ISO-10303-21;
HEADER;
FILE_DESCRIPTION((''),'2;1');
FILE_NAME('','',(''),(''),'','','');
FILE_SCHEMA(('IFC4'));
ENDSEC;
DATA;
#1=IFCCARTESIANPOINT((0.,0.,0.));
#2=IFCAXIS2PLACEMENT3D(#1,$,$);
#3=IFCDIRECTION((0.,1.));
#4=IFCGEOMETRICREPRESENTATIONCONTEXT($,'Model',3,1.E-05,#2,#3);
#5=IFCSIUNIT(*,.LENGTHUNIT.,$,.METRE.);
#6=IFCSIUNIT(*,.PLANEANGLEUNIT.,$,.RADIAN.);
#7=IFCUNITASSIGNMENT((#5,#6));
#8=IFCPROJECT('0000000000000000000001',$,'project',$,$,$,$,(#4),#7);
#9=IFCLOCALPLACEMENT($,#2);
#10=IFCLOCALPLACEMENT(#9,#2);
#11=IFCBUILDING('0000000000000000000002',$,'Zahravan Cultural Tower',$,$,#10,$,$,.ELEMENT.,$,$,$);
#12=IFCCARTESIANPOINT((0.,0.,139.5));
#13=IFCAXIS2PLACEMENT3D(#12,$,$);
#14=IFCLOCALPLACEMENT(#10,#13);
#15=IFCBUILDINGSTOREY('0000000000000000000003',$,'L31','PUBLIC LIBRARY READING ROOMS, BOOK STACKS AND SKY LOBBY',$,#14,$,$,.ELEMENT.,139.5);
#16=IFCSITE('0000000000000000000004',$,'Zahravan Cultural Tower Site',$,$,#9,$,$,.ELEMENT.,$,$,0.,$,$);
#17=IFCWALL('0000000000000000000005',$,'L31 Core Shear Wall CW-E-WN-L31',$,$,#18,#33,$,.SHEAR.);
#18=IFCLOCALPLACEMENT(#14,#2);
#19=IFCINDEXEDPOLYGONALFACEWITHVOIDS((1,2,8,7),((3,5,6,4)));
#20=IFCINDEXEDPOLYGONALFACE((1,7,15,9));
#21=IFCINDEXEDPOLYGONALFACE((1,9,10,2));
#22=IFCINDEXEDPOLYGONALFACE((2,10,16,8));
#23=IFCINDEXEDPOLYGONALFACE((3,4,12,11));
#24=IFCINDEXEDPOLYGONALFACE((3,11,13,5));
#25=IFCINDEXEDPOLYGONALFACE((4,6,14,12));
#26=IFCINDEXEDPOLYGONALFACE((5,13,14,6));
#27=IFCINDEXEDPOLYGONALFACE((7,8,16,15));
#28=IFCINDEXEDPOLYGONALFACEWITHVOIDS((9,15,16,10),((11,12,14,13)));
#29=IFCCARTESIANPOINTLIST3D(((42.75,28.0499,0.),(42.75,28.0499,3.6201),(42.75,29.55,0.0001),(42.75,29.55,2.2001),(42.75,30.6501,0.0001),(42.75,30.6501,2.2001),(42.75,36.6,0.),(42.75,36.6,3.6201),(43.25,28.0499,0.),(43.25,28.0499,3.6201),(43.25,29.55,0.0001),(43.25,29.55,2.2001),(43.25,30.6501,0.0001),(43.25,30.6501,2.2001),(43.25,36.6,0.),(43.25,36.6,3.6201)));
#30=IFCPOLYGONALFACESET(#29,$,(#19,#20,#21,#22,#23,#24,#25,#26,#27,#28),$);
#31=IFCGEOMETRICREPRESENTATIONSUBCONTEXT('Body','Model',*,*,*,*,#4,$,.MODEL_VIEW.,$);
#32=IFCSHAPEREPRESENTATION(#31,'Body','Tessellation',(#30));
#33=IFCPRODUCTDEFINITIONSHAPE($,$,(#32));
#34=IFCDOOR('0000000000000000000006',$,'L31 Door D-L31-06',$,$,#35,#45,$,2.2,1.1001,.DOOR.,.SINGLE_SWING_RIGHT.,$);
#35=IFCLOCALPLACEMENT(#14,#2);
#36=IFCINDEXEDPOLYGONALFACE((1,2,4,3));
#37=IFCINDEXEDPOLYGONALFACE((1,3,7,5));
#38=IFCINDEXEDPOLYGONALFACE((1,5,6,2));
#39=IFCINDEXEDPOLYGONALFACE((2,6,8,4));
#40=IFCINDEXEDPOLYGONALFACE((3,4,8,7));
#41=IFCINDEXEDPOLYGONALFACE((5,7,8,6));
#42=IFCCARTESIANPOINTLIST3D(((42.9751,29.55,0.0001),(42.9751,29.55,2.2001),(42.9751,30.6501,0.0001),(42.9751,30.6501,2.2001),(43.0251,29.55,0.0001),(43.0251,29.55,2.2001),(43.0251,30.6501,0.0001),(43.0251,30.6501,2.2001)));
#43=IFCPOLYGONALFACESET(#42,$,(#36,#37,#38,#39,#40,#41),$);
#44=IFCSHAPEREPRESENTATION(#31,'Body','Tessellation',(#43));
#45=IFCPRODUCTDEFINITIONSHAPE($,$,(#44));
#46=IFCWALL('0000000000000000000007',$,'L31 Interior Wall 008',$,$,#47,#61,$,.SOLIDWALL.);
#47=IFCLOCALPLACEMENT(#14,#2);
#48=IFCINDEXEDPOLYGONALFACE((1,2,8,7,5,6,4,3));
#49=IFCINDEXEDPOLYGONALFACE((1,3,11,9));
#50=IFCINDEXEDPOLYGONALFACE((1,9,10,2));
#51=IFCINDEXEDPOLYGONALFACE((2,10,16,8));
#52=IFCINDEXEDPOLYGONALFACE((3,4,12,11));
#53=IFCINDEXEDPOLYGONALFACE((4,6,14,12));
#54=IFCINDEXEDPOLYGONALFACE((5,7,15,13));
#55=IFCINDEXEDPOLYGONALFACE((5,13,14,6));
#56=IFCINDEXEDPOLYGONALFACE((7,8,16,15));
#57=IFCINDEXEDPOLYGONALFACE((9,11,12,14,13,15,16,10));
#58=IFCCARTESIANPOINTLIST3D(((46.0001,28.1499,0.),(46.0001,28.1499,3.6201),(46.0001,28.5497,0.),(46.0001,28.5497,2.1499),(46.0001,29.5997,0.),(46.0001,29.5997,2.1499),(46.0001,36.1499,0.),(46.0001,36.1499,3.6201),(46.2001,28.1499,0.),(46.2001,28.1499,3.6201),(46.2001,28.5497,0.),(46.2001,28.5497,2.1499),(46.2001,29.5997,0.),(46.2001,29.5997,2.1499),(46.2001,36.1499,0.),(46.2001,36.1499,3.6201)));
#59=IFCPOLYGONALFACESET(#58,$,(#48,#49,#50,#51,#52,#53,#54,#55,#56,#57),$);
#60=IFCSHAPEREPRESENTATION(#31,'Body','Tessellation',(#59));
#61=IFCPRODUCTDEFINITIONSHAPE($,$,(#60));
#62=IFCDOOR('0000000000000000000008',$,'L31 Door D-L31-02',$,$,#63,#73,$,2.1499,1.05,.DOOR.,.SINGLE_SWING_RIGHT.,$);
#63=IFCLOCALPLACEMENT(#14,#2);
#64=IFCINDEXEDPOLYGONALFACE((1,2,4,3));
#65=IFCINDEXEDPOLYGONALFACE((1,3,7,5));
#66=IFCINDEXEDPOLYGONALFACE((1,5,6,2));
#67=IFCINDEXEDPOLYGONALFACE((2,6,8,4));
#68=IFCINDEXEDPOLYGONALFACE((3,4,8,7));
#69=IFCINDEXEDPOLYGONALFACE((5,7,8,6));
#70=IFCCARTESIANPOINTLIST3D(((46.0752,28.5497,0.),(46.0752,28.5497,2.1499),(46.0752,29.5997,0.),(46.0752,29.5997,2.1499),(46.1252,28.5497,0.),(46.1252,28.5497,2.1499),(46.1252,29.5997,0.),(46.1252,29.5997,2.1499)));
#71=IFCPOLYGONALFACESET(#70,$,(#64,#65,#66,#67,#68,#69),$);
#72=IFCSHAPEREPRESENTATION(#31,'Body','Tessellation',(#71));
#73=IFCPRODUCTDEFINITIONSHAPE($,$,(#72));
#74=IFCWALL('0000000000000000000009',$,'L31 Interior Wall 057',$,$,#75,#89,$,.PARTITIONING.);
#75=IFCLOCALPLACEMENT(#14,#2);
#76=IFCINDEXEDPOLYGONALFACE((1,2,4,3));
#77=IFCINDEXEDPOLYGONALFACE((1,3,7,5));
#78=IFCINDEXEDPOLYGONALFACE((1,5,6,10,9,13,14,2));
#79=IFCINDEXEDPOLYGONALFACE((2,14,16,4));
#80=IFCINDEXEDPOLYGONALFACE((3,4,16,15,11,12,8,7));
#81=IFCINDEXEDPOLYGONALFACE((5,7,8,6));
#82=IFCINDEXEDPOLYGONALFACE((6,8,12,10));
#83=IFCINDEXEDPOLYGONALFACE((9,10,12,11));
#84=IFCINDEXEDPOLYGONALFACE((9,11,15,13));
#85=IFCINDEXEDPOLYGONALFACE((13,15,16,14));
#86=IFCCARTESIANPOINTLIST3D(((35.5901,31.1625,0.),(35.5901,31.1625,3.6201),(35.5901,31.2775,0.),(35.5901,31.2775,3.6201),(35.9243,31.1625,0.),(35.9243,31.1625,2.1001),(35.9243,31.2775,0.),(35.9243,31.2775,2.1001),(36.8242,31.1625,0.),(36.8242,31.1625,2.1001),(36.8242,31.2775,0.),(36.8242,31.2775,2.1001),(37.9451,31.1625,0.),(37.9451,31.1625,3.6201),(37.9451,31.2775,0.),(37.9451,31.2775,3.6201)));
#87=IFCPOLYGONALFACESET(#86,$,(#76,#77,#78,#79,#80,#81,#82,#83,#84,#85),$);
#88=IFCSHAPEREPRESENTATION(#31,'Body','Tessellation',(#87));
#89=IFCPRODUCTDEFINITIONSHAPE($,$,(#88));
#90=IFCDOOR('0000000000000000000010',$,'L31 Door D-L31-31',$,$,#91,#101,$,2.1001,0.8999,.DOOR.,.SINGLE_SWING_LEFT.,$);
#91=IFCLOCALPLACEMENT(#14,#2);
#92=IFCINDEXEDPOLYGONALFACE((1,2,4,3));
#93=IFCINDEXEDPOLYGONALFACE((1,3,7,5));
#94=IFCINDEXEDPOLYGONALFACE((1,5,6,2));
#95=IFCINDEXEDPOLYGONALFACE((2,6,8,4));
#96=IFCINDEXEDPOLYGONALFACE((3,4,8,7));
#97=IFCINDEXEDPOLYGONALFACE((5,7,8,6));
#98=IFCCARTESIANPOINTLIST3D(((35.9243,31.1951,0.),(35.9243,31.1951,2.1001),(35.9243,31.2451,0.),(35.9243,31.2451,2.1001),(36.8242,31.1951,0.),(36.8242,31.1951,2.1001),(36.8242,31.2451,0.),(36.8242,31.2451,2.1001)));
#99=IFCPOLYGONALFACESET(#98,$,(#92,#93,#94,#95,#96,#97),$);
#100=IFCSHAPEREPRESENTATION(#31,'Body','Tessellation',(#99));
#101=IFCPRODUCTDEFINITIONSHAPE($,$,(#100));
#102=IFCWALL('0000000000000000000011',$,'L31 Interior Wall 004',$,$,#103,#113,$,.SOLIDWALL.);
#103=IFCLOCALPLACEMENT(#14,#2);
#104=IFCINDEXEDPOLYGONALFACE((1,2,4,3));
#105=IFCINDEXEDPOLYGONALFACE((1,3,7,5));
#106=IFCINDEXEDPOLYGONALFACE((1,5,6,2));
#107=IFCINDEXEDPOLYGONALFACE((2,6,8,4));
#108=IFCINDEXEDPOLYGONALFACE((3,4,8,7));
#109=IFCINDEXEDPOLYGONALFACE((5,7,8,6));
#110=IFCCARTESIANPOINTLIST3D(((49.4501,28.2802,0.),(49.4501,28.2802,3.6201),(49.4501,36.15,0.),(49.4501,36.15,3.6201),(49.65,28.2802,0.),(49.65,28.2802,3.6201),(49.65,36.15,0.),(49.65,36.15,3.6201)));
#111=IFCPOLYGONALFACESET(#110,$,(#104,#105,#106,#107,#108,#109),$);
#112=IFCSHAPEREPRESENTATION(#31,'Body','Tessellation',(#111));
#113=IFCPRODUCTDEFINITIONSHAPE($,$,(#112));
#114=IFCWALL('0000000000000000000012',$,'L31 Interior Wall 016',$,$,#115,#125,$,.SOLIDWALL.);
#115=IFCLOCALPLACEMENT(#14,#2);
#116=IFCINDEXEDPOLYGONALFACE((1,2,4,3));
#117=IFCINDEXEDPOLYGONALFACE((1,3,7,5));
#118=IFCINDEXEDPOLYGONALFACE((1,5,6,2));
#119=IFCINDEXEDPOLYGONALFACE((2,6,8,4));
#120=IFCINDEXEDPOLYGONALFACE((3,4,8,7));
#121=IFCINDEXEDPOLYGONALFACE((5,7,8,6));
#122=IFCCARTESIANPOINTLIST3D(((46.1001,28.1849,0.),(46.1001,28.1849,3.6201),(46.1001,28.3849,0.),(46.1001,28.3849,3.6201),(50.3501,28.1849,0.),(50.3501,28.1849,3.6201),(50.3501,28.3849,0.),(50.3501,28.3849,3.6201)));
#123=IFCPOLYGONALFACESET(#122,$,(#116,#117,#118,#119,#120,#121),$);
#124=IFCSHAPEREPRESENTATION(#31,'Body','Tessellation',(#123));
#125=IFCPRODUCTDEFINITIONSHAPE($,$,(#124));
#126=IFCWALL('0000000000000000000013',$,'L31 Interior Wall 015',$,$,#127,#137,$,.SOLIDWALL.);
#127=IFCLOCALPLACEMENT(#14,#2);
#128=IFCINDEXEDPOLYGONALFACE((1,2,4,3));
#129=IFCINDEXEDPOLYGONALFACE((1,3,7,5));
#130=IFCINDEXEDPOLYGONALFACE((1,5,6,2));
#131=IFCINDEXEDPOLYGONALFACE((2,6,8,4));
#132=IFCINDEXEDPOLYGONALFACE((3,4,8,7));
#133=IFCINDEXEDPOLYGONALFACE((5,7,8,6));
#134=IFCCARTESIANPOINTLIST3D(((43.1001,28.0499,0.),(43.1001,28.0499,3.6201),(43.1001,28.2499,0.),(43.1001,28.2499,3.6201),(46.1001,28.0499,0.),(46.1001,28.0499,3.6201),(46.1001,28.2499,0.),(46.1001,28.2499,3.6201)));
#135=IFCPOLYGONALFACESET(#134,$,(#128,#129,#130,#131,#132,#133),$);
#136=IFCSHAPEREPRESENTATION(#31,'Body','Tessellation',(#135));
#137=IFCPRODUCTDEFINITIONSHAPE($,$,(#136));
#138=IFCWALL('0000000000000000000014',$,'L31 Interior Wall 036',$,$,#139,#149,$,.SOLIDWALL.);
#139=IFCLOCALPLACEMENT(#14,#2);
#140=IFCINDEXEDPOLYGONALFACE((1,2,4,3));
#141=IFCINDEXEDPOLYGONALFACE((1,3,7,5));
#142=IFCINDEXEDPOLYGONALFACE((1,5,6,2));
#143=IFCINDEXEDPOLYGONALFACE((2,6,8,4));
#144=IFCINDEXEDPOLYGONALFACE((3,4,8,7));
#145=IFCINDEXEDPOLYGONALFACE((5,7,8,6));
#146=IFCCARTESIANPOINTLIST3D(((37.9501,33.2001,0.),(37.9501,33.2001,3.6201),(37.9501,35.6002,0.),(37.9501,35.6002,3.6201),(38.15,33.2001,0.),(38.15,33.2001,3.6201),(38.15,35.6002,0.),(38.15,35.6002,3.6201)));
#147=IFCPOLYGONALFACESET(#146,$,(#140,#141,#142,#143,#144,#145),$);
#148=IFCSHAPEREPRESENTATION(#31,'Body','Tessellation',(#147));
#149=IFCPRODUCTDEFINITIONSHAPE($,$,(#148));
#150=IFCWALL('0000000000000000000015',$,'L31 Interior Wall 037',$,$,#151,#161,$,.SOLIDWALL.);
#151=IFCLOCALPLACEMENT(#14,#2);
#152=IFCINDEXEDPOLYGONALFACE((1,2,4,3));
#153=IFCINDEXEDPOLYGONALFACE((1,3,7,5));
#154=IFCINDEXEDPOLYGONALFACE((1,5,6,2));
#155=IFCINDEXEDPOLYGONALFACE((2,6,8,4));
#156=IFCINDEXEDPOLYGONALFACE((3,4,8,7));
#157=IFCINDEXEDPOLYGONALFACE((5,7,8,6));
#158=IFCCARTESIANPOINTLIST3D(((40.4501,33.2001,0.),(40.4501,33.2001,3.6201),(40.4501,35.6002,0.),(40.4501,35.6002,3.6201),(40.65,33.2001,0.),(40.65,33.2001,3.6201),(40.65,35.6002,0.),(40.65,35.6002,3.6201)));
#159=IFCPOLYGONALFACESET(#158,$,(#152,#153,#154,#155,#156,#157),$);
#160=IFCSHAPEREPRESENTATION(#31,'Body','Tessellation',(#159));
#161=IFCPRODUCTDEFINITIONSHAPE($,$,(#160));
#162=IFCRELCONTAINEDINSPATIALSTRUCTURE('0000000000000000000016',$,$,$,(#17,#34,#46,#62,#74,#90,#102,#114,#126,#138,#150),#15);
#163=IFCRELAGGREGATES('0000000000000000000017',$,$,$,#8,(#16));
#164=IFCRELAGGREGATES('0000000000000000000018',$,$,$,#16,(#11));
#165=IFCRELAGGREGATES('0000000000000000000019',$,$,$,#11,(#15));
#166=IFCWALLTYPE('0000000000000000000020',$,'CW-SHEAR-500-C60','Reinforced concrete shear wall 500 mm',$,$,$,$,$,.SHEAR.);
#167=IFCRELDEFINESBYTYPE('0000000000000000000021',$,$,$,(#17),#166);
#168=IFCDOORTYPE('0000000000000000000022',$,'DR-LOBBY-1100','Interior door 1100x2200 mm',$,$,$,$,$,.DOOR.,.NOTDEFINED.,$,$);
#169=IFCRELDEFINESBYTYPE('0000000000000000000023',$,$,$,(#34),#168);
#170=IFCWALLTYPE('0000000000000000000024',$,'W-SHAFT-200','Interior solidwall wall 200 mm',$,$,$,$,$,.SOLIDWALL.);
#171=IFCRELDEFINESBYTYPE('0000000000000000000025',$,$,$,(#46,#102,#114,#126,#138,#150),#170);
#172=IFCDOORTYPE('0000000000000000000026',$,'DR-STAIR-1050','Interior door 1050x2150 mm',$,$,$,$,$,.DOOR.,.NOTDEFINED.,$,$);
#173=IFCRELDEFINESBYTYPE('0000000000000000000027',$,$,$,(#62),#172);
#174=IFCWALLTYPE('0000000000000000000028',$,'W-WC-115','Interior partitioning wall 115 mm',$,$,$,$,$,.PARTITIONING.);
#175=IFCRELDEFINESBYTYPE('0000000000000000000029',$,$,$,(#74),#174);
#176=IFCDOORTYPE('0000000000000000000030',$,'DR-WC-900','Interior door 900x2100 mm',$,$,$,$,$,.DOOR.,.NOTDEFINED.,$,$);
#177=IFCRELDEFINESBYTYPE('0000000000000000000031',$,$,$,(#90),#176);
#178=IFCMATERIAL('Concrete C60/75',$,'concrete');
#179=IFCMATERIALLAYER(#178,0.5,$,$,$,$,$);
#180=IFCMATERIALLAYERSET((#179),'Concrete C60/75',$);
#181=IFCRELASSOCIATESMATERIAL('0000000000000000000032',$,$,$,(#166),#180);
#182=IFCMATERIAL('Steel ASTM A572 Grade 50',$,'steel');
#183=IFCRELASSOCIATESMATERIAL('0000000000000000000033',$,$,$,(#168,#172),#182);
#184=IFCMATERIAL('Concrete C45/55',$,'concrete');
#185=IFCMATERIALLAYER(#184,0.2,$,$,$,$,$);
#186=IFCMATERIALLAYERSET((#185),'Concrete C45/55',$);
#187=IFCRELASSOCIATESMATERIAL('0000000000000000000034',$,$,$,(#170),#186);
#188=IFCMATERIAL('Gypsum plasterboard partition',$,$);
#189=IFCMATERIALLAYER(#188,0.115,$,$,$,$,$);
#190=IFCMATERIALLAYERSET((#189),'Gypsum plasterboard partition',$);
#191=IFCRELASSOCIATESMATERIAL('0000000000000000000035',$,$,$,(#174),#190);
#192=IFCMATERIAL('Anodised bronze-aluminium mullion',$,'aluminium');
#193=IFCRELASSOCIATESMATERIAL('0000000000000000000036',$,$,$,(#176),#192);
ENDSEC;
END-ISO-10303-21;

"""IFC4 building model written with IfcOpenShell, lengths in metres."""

from ifc_helpers import new_model, si_unit, direction, frame, frame_2d, origin, place, context, subcontext, project, spatial, rectangle, extrude, source, transform, mapped, material, layer, layer_set, type_object, element, fill, save


model = new_model("IFC4")

# Units and contexts
model_context = context("Model", 3, precision=1e-05, world=origin(), true_north=direction((0.0, 1.0)))
body_context = subcontext(model_context, "Body", "Model", "MODEL_VIEW")
ifc_project = project(units=[si_unit("LENGTHUNIT", "METRE"), si_unit("PLANEANGLEUNIT", "RADIAN")], contexts=[model_context])

# Site, building, storey
site_placement = place(None, origin())
site = spatial("IfcSite", under=ifc_project, at=site_placement, Name="Zahravan Cultural Tower Site", CompositionType="ELEMENT", RefElevation=0.0)
building_placement = place(site_placement, origin())
building = spatial("IfcBuilding", under=site, at=building_placement, Name="Zahravan Cultural Tower", CompositionType="ELEMENT")
storey_placement = place(building_placement, frame((0.0, 0.0, 139.5)))
storey = spatial("IfcBuildingStorey", under=building, at=storey_placement, Name="L31", Description="PUBLIC LIBRARY READING ROOMS, BOOK STACKS AND SKY LOBBY", CompositionType="ELEMENT", Elevation=139.5)

# Walls, openings, doors
ifc_material_1 = material(Name="Concrete C60/75", Category="concrete")
ifc_layer_1 = layer(ifc_material_1, 0.5)
ifc_layer_set_1 = layer_set([ifc_layer_1], Name="Concrete C60/75")
wall_type_1 = type_object("IfcWallType", Name="CW-SHEAR-500-C60", Description="Reinforced concrete shear wall 500 mm", PredefinedType="SHEAR", material=ifc_layer_set_1)
wall_1_placement = place(storey_placement, frame((43.0, 28.05, 0.0), z_axis=(0.0, 0.0, 1.0), x_axis=(0.0, 1.0, 0.0)))
wall_1 = element("IfcWall", 1, at=wall_1_placement, inside=storey, type_object=wall_type_1, Name="L31 Core Shear Wall CW-E-WN-L31", PredefinedType="SHEAR", context=body_context, shape_type="SweptSolid", body=[
    extrude(rectangle(XDim=8.55, YDim=0.5, at=frame_2d((4.2749, 0.0))), origin(), (0.0, 0.0, 1.0), 3.6201),
])
opening_1_placement = place(wall_1_placement, frame((1.5, 0.0, 0.0)))
opening_1 = element("IfcOpeningElement", 2, at=opening_1_placement, cuts=wall_1, PredefinedType="OPENING", context=body_context, shape_type="SweptSolid", body=[
    extrude(rectangle(XDim=1.1001, YDim=2.2, at=frame_2d((0.55, 1.1001))), frame((0.0, 0.26, 0.0), z_axis=(0.0, -1.0, 0.0), x_axis=(1.0, 0.0, 0.0)), (0.0, 0.0, 1.0), 0.52),
])
ifc_material_2 = material(Name="Steel ASTM A572 Grade 50", Category="steel")
door_type_1 = type_object("IfcDoorType", Name="DR-LOBBY-1100", Description="Interior door 1100x2200 mm", OperationType="NOTDEFINED", PredefinedType="DOOR", material=ifc_material_2)
shared_shape_1 = source(origin(), body_context, "Body", "SweptSolid", [
    extrude(rectangle(XDim=1.1001, YDim=2.2, at=frame_2d((0.55, 1.1001))), frame((0.0, 0.0249, 0.0), z_axis=(0.0, -1.0, 0.0), x_axis=(1.0, 0.0, 0.0)), (0.0, 0.0, 1.0), 0.05),
])
door_1_placement = place(opening_1_placement, origin())
door_1 = element("IfcDoor", 3, at=door_1_placement, inside=storey, type_object=door_type_1, Name="L31 Door D-L31-06", OperationType="SINGLE_SWING_RIGHT", OverallHeight=2.2, OverallWidth=1.1001, PredefinedType="DOOR", context=body_context, shape_type="MappedRepresentation", body=[
    mapped(shared_shape_1, transform((0.0, 0.0, 0.0), x_axis=(1.0, 0.0, 0.0), y_axis=(0.0, 1.0, 0.0), z_axis=(0.0, 0.0, 1.0), scale=1.0)),
])
fill(opening_1, door_1)
ifc_material_3 = material(Name="Gypsum plasterboard partition")
ifc_material_4 = material(Name="Anodised bronze-aluminium mullion", Category="aluminium")
ifc_material_5 = material(Name="Concrete C45/55", Category="concrete")
ifc_layer_2 = layer(ifc_material_5, 0.2)
ifc_layer_set_2 = layer_set([ifc_layer_2], Name="Concrete C45/55")
wall_type_2 = type_object("IfcWallType", Name="W-SHAFT-200", Description="Interior solidwall wall 200 mm", PredefinedType="SOLIDWALL", material=ifc_layer_set_2)
wall_2_placement = place(storey_placement, frame((46.1001, 28.1499, 0.0), z_axis=(0.0, 0.0, 1.0), x_axis=(0.0, 1.0, 0.0)))
wall_2 = element("IfcWall", 4, at=wall_2_placement, inside=storey, type_object=wall_type_2, Name="L31 Interior Wall 008", PredefinedType="SOLIDWALL", context=body_context, shape_type="SweptSolid", body=[
    extrude(rectangle(XDim=8.0, YDim=0.2, at=frame_2d((4.0, 0.0))), origin(), (0.0, 0.0, 1.0), 3.6201),
])
opening_2_placement = place(wall_2_placement, frame((0.3999, 0.0, 0.0)))
opening_2 = element("IfcOpeningElement", 5, at=opening_2_placement, cuts=wall_2, PredefinedType="OPENING", context=body_context, shape_type="SweptSolid", body=[
    extrude(rectangle(XDim=1.05, YDim=2.1499, at=frame_2d((0.5249, 1.075))), frame((0.0, 0.1099, 0.0), z_axis=(0.0, -1.0, 0.0), x_axis=(1.0, 0.0, 0.0)), (0.0, 0.0, 1.0), 0.22),
])
door_type_2 = type_object("IfcDoorType", Name="DR-STAIR-1050", Description="Interior door 1050x2150 mm", OperationType="NOTDEFINED", PredefinedType="DOOR", material=ifc_material_2)
shared_shape_2 = source(origin(), body_context, "Body", "SweptSolid", [
    extrude(rectangle(XDim=1.05, YDim=2.1499, at=frame_2d((0.5249, 1.075))), frame((0.0, 0.0249, 0.0), z_axis=(0.0, -1.0, 0.0), x_axis=(1.0, 0.0, 0.0)), (0.0, 0.0, 1.0), 0.05),
])
door_2_placement = place(opening_2_placement, origin())
door_2 = element("IfcDoor", 6, at=door_2_placement, inside=storey, type_object=door_type_2, Name="L31 Door D-L31-02", OperationType="SINGLE_SWING_RIGHT", OverallHeight=2.1499, OverallWidth=1.05, PredefinedType="DOOR", context=body_context, shape_type="MappedRepresentation", body=[
    mapped(shared_shape_2, transform((0.0, 0.0, 0.0), x_axis=(1.0, 0.0, 0.0), y_axis=(0.0, 1.0, 0.0), z_axis=(0.0, 0.0, 1.0), scale=1.0)),
])
fill(opening_2, door_2)
ifc_layer_3 = layer(ifc_material_3, 0.115)
ifc_layer_set_3 = layer_set([ifc_layer_3], Name="Gypsum plasterboard partition")
wall_type_3 = type_object("IfcWallType", Name="W-WC-115", Description="Interior partitioning wall 115 mm", PredefinedType="PARTITIONING", material=ifc_layer_set_3)
wall_3_placement = place(storey_placement, frame((37.9451, 31.22, 0.0), z_axis=(0.0, 0.0, 1.0), x_axis=(-1.0, 0.0, 0.0)))
wall_3 = element("IfcWall", 7, at=wall_3_placement, inside=storey, type_object=wall_type_3, Name="L31 Interior Wall 057", PredefinedType="PARTITIONING", context=body_context, shape_type="SweptSolid", body=[
    extrude(rectangle(XDim=2.355, YDim=0.115, at=frame_2d((1.1775, 0.0))), origin(), (0.0, 0.0, 1.0), 3.6201),
])
opening_3_placement = place(wall_3_placement, frame((1.1208, 0.0, 0.0)))
opening_3 = element("IfcOpeningElement", 8, at=opening_3_placement, cuts=wall_3, PredefinedType="OPENING", context=body_context, shape_type="SweptSolid", body=[
    extrude(rectangle(XDim=0.8999, YDim=2.1001, at=frame_2d((0.45, 1.05))), frame((0.0, 0.0674, 0.0), z_axis=(0.0, -1.0, 0.0), x_axis=(1.0, 0.0, 0.0)), (0.0, 0.0, 1.0), 0.135),
])
door_type_3 = type_object("IfcDoorType", Name="DR-WC-900", Description="Interior door 900x2100 mm", OperationType="NOTDEFINED", PredefinedType="DOOR", material=ifc_material_4)
shared_shape_3 = source(origin(), body_context, "Body", "SweptSolid", [
    extrude(rectangle(XDim=0.8999, YDim=2.1001, at=frame_2d((0.45, 1.05))), frame((0.0, 0.0249, 0.0), z_axis=(0.0, -1.0, 0.0), x_axis=(1.0, 0.0, 0.0)), (0.0, 0.0, 1.0), 0.05),
])
door_3_placement = place(opening_3_placement, origin())
door_3 = element("IfcDoor", 9, at=door_3_placement, inside=storey, type_object=door_type_3, Name="L31 Door D-L31-31", OperationType="SINGLE_SWING_LEFT", OverallHeight=2.1001, OverallWidth=0.8999, PredefinedType="DOOR", context=body_context, shape_type="MappedRepresentation", body=[
    mapped(shared_shape_3, transform((0.0, 0.0, 0.0), x_axis=(1.0, 0.0, 0.0), y_axis=(0.0, 1.0, 0.0), z_axis=(0.0, 0.0, 1.0), scale=1.0)),
])
fill(opening_3, door_3)

# Walls
shared_shape_4 = source(origin(), body_context, "Body", "SweptSolid", [
    extrude(rectangle(XDim=7.8699, YDim=0.2, at=frame_2d((3.9351, 0.0))), origin(), (0.0, 0.0, 1.0), 3.6201),
])
wall_4_placement = place(storey_placement, frame((49.55, 28.28, 0.0), z_axis=(0.0, 0.0, 1.0), x_axis=(0.0, 1.0, 0.0)))
element("IfcWall", 10, at=wall_4_placement, inside=storey, type_object=wall_type_2, Name="L31 Interior Wall 004", PredefinedType="SOLIDWALL", context=body_context, shape_type="MappedRepresentation", body=[
    mapped(shared_shape_4, transform((0.0, 0.0, 0.0), x_axis=(1.0, 0.0, 0.0), y_axis=(0.0, 1.0, 0.0), z_axis=(0.0, 0.0, 1.0), scale=1.0)),
])
shared_shape_5 = source(origin(), body_context, "Body", "SweptSolid", [
    extrude(rectangle(XDim=4.25, YDim=0.2, at=frame_2d((2.125, 0.0))), origin(), (0.0, 0.0, 1.0), 3.6201),
])
wall_5_placement = place(storey_placement, frame((46.1001, 28.2849, 0.0), z_axis=(0.0, 0.0, 1.0), x_axis=(1.0, 0.0, 0.0)))
element("IfcWall", 11, at=wall_5_placement, inside=storey, type_object=wall_type_2, Name="L31 Interior Wall 016", PredefinedType="SOLIDWALL", context=body_context, shape_type="MappedRepresentation", body=[
    mapped(shared_shape_5, transform((0.0, 0.0, 0.0), x_axis=(1.0, 0.0, 0.0), y_axis=(0.0, 1.0, 0.0), z_axis=(0.0, 0.0, 1.0), scale=1.0)),
])
shared_shape_6 = source(origin(), body_context, "Body", "SweptSolid", [
    extrude(rectangle(XDim=3.0, YDim=0.2, at=frame_2d((1.5, 0.0))), origin(), (0.0, 0.0, 1.0), 3.6201),
])
wall_6_placement = place(storey_placement, frame((43.1001, 28.1499, 0.0), z_axis=(0.0, 0.0, 1.0), x_axis=(1.0, 0.0, 0.0)))
element("IfcWall", 12, at=wall_6_placement, inside=storey, type_object=wall_type_2, Name="L31 Interior Wall 015", PredefinedType="SOLIDWALL", context=body_context, shape_type="MappedRepresentation", body=[
    mapped(shared_shape_6, transform((0.0, 0.0, 0.0), x_axis=(1.0, 0.0, 0.0), y_axis=(0.0, 1.0, 0.0), z_axis=(0.0, 0.0, 1.0), scale=1.0)),
])
shared_shape_7 = source(origin(), body_context, "Body", "SweptSolid", [
    extrude(rectangle(XDim=2.4001, YDim=0.2, at=frame_2d((1.2002, 0.0))), origin(), (0.0, 0.0, 1.0), 3.6201),
])
for number, where, z_axis, x_axis, name in (
    (13, (38.05, 33.2, 0.0), (0.0, 0.0, 1.0), (0.0, 1.0, 0.0), "L31 Interior Wall 036"),
    (14, (40.55, 33.2, 0.0), (0.0, 0.0, 1.0), (0.0, 1.0, 0.0), "L31 Interior Wall 037"),
):
    element("IfcWall", number, at=place(storey_placement, frame(where, z_axis=z_axis, x_axis=x_axis)), inside=storey, type_object=wall_type_2, Name=name, PredefinedType="SOLIDWALL", context=body_context, shape_type="MappedRepresentation", body=[
        mapped(shared_shape_7, transform((0.0, 0.0, 0.0), x_axis=(1.0, 0.0, 0.0), y_axis=(0.0, 1.0, 0.0), z_axis=(0.0, 0.0, 1.0), scale=1.0)),
    ])

save(model, "model.ifc")
